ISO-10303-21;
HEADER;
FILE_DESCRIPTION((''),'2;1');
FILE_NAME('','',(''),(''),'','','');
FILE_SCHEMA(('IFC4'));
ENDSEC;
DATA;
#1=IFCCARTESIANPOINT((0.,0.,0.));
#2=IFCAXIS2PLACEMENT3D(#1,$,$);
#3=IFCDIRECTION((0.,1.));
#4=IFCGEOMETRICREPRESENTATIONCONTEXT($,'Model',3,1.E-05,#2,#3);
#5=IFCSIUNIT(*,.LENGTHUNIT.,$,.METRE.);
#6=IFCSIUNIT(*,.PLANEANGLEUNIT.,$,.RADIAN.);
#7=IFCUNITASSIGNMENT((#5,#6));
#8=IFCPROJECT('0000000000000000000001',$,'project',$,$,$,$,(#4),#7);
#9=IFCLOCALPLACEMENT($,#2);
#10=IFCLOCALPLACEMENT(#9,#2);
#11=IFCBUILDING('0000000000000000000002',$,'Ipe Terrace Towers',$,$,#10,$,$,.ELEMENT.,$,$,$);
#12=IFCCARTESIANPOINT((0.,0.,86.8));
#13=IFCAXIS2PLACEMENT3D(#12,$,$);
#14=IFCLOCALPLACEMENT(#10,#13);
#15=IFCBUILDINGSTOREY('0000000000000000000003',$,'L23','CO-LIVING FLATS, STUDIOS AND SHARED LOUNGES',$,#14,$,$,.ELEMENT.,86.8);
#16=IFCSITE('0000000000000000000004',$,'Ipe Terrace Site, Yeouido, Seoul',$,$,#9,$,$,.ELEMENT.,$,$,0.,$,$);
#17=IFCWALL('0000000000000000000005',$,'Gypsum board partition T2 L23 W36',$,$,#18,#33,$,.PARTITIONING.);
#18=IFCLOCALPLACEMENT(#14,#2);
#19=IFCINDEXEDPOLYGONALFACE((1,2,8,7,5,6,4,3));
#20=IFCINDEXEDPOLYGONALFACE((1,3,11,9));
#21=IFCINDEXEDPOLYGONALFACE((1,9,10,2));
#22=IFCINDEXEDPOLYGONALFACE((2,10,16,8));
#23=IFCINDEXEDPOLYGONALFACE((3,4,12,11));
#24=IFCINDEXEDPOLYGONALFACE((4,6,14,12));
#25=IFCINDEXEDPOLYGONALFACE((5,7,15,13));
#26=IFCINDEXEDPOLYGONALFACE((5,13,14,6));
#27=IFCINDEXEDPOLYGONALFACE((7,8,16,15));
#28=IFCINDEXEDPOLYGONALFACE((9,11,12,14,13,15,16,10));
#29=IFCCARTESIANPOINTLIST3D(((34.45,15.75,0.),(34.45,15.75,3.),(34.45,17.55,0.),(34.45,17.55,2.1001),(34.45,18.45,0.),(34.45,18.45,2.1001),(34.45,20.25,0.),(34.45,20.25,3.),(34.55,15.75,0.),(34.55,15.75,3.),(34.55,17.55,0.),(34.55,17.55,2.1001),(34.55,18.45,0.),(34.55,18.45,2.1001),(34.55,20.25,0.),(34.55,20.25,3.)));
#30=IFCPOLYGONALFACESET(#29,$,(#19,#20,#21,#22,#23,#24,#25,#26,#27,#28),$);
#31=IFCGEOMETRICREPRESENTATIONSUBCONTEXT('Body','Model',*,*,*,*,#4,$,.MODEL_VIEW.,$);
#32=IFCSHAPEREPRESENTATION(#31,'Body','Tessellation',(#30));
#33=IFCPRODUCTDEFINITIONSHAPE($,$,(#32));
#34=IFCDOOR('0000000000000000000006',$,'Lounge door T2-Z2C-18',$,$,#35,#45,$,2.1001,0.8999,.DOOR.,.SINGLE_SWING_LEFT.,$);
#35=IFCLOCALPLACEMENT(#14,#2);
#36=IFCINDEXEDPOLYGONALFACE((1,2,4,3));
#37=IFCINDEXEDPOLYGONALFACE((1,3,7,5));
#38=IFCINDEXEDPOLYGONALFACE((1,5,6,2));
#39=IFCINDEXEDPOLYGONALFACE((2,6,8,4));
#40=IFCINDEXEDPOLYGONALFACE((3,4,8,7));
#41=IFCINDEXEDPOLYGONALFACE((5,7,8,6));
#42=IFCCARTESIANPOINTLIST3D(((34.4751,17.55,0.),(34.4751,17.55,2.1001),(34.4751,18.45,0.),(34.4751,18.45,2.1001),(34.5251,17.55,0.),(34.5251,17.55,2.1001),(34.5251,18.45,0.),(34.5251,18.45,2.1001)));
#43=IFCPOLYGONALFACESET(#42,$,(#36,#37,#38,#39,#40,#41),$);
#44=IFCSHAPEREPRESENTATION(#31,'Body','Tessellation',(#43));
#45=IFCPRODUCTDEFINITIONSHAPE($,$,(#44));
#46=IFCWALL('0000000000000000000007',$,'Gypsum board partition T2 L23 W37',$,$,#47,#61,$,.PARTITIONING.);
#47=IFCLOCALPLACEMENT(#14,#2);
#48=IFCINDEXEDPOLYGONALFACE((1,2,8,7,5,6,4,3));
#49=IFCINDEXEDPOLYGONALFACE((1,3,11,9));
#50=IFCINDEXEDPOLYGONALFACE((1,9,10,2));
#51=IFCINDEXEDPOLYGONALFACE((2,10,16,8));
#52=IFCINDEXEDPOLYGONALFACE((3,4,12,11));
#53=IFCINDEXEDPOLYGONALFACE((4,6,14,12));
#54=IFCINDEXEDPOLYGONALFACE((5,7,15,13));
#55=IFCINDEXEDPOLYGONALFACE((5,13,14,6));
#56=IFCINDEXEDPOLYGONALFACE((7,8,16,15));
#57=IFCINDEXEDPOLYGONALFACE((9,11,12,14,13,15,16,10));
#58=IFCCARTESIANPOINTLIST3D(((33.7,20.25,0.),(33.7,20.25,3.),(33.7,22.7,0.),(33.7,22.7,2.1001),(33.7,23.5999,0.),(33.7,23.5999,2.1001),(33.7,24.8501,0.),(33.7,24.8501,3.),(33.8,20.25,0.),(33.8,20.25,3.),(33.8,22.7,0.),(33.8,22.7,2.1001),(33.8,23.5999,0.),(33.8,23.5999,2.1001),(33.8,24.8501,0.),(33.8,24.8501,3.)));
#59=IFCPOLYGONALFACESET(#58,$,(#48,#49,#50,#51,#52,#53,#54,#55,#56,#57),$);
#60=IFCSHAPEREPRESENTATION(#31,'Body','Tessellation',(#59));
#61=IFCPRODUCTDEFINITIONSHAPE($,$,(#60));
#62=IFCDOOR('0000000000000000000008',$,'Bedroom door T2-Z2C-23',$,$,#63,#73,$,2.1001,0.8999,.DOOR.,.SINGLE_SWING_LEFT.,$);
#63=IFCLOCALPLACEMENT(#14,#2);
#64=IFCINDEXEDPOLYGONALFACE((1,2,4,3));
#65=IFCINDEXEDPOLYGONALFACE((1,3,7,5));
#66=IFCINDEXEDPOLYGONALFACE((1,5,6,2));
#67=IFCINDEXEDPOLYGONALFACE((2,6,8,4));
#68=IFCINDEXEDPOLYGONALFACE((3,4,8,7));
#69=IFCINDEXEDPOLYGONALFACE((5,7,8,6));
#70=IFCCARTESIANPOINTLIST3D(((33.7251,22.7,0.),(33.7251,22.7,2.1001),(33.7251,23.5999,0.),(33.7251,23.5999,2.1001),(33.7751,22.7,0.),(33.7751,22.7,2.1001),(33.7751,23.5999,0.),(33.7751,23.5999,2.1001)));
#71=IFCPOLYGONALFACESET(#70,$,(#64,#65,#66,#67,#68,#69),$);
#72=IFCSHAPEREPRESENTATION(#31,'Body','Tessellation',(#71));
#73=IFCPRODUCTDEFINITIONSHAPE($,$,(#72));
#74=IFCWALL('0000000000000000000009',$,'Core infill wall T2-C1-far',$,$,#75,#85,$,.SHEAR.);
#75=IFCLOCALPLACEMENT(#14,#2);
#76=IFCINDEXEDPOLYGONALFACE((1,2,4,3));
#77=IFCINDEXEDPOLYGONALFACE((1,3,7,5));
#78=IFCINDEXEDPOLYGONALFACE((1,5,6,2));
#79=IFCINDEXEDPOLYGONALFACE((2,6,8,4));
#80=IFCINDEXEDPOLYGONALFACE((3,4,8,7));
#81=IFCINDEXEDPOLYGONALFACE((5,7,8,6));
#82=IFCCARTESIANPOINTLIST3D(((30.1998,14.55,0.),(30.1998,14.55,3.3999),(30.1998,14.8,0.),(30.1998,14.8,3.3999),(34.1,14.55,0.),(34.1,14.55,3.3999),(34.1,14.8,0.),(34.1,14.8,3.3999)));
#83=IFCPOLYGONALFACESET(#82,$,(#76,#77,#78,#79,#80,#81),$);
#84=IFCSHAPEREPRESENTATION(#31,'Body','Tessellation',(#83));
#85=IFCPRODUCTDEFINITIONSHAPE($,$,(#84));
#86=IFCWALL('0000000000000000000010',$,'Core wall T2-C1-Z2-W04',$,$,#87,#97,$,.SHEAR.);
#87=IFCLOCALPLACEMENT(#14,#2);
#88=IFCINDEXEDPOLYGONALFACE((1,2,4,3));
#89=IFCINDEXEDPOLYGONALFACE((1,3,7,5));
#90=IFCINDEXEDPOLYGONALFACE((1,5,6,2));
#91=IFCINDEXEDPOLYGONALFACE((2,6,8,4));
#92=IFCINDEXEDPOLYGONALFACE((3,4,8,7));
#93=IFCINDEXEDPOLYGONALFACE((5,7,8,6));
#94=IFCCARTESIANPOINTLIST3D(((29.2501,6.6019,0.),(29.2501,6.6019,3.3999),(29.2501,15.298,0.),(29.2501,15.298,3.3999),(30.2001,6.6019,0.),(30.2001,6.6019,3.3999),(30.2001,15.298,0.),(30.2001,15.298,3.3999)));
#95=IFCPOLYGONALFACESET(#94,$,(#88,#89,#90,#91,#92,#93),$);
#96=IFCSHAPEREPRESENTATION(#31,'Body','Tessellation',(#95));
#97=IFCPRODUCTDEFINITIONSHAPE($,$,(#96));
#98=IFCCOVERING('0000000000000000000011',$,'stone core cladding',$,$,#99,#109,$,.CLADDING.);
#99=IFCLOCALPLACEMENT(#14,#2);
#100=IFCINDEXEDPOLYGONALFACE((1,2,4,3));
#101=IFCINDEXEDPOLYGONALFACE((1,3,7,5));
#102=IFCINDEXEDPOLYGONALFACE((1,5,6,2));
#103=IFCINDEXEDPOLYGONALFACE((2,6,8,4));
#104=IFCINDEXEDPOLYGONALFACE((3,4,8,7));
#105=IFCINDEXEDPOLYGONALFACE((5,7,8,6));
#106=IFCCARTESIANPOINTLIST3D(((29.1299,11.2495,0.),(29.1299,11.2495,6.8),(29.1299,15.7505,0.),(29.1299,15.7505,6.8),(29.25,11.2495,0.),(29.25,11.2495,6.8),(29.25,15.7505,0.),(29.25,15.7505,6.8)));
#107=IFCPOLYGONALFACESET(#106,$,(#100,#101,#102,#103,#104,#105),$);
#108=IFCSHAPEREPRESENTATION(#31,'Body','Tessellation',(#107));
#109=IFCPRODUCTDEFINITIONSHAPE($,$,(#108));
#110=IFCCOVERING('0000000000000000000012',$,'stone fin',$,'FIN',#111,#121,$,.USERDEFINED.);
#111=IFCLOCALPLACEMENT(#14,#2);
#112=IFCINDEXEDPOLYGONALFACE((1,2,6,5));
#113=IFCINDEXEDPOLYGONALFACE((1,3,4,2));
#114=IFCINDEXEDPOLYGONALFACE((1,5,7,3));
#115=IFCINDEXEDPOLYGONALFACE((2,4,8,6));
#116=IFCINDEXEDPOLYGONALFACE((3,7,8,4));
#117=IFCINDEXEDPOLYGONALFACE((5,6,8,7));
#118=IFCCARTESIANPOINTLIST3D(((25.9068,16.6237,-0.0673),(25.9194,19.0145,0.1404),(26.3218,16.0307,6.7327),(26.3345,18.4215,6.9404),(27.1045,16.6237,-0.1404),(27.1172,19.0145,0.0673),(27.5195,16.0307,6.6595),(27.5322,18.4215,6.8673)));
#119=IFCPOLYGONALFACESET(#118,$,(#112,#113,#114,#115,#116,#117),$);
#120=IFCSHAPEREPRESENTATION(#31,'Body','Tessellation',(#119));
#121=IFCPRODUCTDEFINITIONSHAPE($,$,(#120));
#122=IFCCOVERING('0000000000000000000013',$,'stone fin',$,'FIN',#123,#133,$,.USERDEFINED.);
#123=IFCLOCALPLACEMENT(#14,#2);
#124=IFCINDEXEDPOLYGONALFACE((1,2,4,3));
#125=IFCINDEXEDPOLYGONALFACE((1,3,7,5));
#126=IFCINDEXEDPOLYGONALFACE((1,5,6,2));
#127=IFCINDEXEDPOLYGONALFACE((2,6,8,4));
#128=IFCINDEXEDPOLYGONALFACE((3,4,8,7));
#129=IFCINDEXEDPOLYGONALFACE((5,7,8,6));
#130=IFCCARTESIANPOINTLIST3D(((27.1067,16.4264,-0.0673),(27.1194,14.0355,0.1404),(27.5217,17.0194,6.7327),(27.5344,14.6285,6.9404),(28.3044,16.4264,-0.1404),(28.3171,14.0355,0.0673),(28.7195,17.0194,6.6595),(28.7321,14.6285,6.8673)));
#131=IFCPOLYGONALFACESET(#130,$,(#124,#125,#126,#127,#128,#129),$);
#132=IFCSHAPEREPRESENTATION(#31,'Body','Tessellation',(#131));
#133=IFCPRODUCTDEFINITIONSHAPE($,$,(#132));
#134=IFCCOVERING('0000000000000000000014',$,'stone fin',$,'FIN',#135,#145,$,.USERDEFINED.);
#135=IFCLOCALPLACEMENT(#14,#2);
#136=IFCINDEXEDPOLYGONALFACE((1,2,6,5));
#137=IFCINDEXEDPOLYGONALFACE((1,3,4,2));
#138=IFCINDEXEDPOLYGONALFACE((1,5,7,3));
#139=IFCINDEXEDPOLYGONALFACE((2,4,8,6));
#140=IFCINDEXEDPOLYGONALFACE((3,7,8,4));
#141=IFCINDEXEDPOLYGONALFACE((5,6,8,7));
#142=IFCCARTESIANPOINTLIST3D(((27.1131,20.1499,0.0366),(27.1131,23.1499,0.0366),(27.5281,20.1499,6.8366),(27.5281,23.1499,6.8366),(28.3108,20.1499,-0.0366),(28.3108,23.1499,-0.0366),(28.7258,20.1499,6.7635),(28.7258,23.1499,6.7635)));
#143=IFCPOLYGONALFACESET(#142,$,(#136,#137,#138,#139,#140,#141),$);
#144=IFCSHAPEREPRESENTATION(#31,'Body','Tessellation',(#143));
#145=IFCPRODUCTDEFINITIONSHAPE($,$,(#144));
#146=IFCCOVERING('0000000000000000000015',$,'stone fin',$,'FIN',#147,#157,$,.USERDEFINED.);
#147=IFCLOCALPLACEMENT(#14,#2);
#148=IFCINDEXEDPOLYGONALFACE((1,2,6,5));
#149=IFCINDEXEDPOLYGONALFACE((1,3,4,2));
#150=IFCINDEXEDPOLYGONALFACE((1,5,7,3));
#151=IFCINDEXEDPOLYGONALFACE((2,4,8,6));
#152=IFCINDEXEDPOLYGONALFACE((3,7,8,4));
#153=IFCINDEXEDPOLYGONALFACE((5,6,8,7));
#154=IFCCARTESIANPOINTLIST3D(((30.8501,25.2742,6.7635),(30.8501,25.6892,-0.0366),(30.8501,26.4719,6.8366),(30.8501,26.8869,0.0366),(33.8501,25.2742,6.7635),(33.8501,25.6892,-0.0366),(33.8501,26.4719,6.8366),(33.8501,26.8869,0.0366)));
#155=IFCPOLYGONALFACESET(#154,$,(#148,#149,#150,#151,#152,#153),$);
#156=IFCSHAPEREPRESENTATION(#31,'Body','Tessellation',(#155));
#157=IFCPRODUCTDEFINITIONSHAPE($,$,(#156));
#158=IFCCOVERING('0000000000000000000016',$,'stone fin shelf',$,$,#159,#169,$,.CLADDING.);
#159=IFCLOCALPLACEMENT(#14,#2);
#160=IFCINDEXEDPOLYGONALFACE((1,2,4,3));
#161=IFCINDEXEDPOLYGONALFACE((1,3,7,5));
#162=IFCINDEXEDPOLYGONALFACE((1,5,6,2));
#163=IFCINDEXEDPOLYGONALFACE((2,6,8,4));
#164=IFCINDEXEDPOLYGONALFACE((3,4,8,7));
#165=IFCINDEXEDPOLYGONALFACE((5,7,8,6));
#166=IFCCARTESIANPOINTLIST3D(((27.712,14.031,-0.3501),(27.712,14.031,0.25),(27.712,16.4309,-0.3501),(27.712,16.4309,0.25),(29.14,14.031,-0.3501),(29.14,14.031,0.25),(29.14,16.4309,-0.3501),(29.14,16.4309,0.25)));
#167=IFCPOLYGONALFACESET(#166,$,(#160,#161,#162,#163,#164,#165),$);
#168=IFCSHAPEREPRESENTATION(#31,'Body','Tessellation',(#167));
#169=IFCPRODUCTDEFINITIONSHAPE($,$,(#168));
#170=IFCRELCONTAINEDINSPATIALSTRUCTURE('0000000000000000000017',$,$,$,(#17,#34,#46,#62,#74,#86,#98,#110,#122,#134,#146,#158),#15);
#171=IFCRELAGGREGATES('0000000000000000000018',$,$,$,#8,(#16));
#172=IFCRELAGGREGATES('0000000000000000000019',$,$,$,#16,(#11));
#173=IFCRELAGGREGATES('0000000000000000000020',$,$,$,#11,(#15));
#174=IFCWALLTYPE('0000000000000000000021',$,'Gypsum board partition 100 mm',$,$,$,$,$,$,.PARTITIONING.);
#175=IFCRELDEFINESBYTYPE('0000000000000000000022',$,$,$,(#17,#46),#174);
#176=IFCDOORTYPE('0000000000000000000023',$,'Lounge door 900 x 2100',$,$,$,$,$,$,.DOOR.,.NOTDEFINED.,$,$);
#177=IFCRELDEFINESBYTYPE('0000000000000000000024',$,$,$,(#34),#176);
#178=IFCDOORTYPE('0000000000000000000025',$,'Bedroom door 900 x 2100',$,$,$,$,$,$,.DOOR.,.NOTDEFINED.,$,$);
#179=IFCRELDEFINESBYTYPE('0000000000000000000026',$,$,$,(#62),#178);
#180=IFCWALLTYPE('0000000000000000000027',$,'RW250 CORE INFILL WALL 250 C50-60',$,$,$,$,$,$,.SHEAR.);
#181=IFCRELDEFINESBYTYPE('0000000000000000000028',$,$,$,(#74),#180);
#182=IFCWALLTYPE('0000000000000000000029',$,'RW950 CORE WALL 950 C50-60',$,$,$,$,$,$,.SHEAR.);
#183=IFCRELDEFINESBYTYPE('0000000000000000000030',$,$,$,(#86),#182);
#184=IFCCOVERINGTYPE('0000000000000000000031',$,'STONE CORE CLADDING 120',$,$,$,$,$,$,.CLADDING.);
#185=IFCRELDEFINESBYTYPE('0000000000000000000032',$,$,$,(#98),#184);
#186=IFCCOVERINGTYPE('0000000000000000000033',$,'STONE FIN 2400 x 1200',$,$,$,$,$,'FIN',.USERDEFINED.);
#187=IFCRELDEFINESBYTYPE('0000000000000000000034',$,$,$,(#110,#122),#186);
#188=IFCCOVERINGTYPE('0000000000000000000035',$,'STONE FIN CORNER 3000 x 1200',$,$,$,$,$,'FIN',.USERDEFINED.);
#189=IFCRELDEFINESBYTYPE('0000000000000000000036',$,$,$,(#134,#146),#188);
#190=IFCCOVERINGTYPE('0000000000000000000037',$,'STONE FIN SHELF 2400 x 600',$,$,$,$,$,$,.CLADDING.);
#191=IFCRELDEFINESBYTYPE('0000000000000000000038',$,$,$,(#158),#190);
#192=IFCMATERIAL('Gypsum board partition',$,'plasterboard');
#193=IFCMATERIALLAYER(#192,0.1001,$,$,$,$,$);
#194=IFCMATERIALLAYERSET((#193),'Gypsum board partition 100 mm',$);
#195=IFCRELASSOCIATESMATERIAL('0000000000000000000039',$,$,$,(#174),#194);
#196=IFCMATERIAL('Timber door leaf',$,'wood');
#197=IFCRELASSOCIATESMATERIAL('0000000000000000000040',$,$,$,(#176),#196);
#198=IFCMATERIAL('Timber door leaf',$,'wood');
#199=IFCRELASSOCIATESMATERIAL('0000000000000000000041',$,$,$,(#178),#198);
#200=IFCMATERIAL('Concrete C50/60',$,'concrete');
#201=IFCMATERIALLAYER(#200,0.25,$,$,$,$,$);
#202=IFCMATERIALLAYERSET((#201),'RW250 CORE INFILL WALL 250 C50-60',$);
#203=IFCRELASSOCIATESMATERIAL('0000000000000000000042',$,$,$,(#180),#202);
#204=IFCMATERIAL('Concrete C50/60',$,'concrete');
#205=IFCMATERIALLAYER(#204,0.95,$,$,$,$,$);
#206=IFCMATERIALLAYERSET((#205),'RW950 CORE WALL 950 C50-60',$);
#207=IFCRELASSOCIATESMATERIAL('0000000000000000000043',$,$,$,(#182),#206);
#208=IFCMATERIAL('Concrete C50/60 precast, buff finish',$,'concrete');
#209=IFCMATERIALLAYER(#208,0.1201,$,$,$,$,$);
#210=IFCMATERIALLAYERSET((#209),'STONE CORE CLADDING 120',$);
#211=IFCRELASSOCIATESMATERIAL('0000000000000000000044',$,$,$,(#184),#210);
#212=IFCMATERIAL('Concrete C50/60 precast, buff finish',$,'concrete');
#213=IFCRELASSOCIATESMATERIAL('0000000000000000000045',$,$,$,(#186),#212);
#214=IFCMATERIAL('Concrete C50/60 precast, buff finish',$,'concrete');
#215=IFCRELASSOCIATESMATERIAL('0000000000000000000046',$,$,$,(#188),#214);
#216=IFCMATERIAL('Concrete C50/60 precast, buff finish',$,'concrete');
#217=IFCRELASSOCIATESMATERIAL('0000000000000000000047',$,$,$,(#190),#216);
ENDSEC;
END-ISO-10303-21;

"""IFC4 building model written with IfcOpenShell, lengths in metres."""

from ifc_helpers import new_model, si_unit, direction, frame, frame_2d, origin, origin_2d, place, context, subcontext, project, spatial, rectangle, extrude, material, layer, layer_set, material_profile, profile_set, type_object, element, fill, save


model = new_model("IFC4")

# Units and contexts
model_context = context("Model", 3, precision=1e-05, world=origin(), true_north=direction((0.0, 1.0)))
body_context = subcontext(model_context, "Body", "Model", "MODEL_VIEW")
ifc_project = project(units=[si_unit("LENGTHUNIT", "METRE"), si_unit("PLANEANGLEUNIT", "RADIAN")], contexts=[model_context])

# Site, building, storey
site_placement = place(None, origin())
site = spatial("IfcSite", under=ifc_project, at=site_placement, Name="Ipe Terrace Site, Yeouido, Seoul", CompositionType="ELEMENT", RefElevation=0.0)
building_placement = place(site_placement, origin())
building = spatial("IfcBuilding", under=site, at=building_placement, Name="Ipe Terrace Towers", CompositionType="ELEMENT")
storey_placement = place(building_placement, frame((0.0, 0.0, 86.8)))
storey = spatial("IfcBuildingStorey", under=building, at=storey_placement, Name="L23", Description="CO-LIVING FLATS, STUDIOS AND SHARED LOUNGES", CompositionType="ELEMENT", Elevation=86.8)

# Shared definitions
ifc_material_1 = material(Name="Gypsum board partition", Category="plasterboard")
ifc_layer_1 = layer(ifc_material_1, 0.1001)
ifc_layer_set_1 = layer_set([ifc_layer_1], Name="Gypsum board partition 100 mm")
wall_type_1 = type_object("IfcWallType", Name="Gypsum board partition 100 mm", PredefinedType="PARTITIONING", material=ifc_layer_set_1)

# Walls, openings, doors
wall_1_placement = place(storey_placement, frame((34.5, 15.75, 0.0), z_axis=(0.0, 0.0, 1.0), x_axis=(0.0, 1.0, 0.0)))
wall_1 = element("IfcWall", 1, at=wall_1_placement, inside=storey, type_object=wall_type_1, Name="Gypsum board partition T2 L23 W36", PredefinedType="PARTITIONING", context=body_context, shape_type="SweptSolid", body=[
    extrude(rectangle(XDim=4.5, YDim=0.1001, at=frame_2d((2.25, 0.0))), origin(), (0.0, 0.0, 1.0), 3.0),
])
opening_1_placement = place(wall_1_placement, frame((1.8, 0.0, 0.0)))
opening_1 = element("IfcOpeningElement", 2, at=opening_1_placement, cuts=wall_1, PredefinedType="OPENING", context=body_context, shape_type="SweptSolid", body=[
    extrude(rectangle(XDim=0.8999, YDim=2.1001, at=frame_2d((0.45, 1.05))), frame((0.0, 0.0601, 0.0), z_axis=(0.0, -1.0, 0.0), x_axis=(1.0, 0.0, 0.0)), (0.0, 0.0, 1.0), 0.1201),
])
ifc_material_2 = material(Name="Timber door leaf", Category="wood")
door_type_1 = type_object("IfcDoorType", Name="Lounge door 900 x 2100", OperationType="NOTDEFINED", PredefinedType="DOOR", material=ifc_material_2)
door_1_placement = place(opening_1_placement, origin())
door_1 = element("IfcDoor", 3, at=door_1_placement, inside=storey, type_object=door_type_1, Name="Lounge door T2-Z2C-18", OperationType="SINGLE_SWING_LEFT", OverallHeight=2.1001, OverallWidth=0.8999, PredefinedType="DOOR", context=body_context, shape_type="SweptSolid", body=[
    extrude(rectangle(XDim=0.8999, YDim=2.1001, at=frame_2d((0.45, 1.05))), frame((0.0, 0.0249, 0.0), z_axis=(0.0, -1.0, 0.0), x_axis=(1.0, 0.0, 0.0)), (0.0, 0.0, 1.0), 0.05),
])
fill(opening_1, door_1)
wall_2_placement = place(storey_placement, frame((33.75, 20.25, 0.0), z_axis=(0.0, 0.0, 1.0), x_axis=(0.0, 1.0, 0.0)))
wall_2 = element("IfcWall", 4, at=wall_2_placement, inside=storey, type_object=wall_type_1, Name="Gypsum board partition T2 L23 W37", PredefinedType="PARTITIONING", context=body_context, shape_type="SweptSolid", body=[
    extrude(rectangle(XDim=4.6001, YDim=0.1001, at=frame_2d((2.3, 0.0))), origin(), (0.0, 0.0, 1.0), 3.0),
])
opening_2_placement = place(wall_2_placement, frame((2.45, 0.0, 0.0)))
opening_2 = element("IfcOpeningElement", 5, at=opening_2_placement, cuts=wall_2, PredefinedType="OPENING", context=body_context, shape_type="SweptSolid", body=[
    extrude(rectangle(XDim=0.8999, YDim=2.1001, at=frame_2d((0.45, 1.05))), frame((0.0, 0.0601, 0.0), z_axis=(0.0, -1.0, 0.0), x_axis=(1.0, 0.0, 0.0)), (0.0, 0.0, 1.0), 0.1201),
])
ifc_material_3 = material(Name="Timber door leaf", Category="wood")
door_type_2 = type_object("IfcDoorType", Name="Bedroom door 900 x 2100", OperationType="NOTDEFINED", PredefinedType="DOOR", material=ifc_material_3)
door_2_placement = place(opening_2_placement, origin())
door_2 = element("IfcDoor", 6, at=door_2_placement, inside=storey, type_object=door_type_2, Name="Bedroom door T2-Z2C-23", OperationType="SINGLE_SWING_LEFT", OverallHeight=2.1001, OverallWidth=0.8999, PredefinedType="DOOR", context=body_context, shape_type="SweptSolid", body=[
    extrude(rectangle(XDim=0.8999, YDim=2.1001, at=frame_2d((0.45, 1.05))), frame((0.0, 0.0249, 0.0), z_axis=(0.0, -1.0, 0.0), x_axis=(1.0, 0.0, 0.0)), (0.0, 0.0, 1.0), 0.05),
])
fill(opening_2, door_2)

# Walls
ifc_material_4 = material(Name="Concrete C50/60", Category="concrete")
ifc_layer_2 = layer(ifc_material_4, 0.25)
ifc_layer_set_2 = layer_set([ifc_layer_2], Name="RW250 CORE INFILL WALL 250 C50-60")
wall_type_2 = type_object("IfcWallType", Name="RW250 CORE INFILL WALL 250 C50-60", PredefinedType="SHEAR", material=ifc_layer_set_2)
wall_3_placement = place(storey_placement, frame((34.1001, 14.675, 0.0), z_axis=(0.0, 0.0, 1.0), x_axis=(-1.0, 0.0, 0.0)))
element("IfcWall", 7, at=wall_3_placement, inside=storey, type_object=wall_type_2, Name="Core infill wall T2-C1-far", PredefinedType="SHEAR", context=body_context, shape_type="SweptSolid", body=[
    extrude(rectangle(XDim=3.9001, YDim=0.25, at=frame_2d((1.9502, 0.0))), origin(), (0.0, 0.0, 1.0), 3.3999),
])
ifc_material_5 = material(Name="Concrete C50/60", Category="concrete")
ifc_layer_3 = layer(ifc_material_5, 0.95)
ifc_layer_set_3 = layer_set([ifc_layer_3], Name="RW950 CORE WALL 950 C50-60")
wall_type_3 = type_object("IfcWallType", Name="RW950 CORE WALL 950 C50-60", PredefinedType="SHEAR", material=ifc_layer_set_3)
wall_4_placement = place(storey_placement, frame((29.7251, 15.2981, 0.0), z_axis=(0.0, 0.0, 1.0), x_axis=(0.0, -1.0, 0.0)))
element("IfcWall", 8, at=wall_4_placement, inside=storey, type_object=wall_type_3, Name="Core wall T2-C1-Z2-W04", PredefinedType="SHEAR", context=body_context, shape_type="SweptSolid", body=[
    extrude(rectangle(XDim=8.696, YDim=0.95, at=frame_2d((4.3481, 0.0))), origin(), (0.0, 0.0, 1.0), 3.3999),
])

# Coverings
ifc_material_6 = material(Name="Concrete C50/60 precast, buff finish", Category="concrete")
ifc_layer_4 = layer(ifc_material_6, 0.1201)
ifc_layer_set_4 = layer_set([ifc_layer_4], Name="STONE CORE CLADDING 120")
covering_type_1 = type_object("IfcCoveringType", Name="STONE CORE CLADDING 120", PredefinedType="CLADDING", material=ifc_layer_set_4)
covering_1_placement = place(storey_placement, frame((29.1899, 13.5, 0.0), z_axis=(0.0, 0.0, 1.0), x_axis=(0.0, -1.0, 0.0)))
element("IfcCovering", 9, at=covering_1_placement, inside=storey, type_object=covering_type_1, Name="stone core cladding", PredefinedType="CLADDING", context=body_context, shape_type="SweptSolid", body=[
    extrude(rectangle(XDim=4.501, YDim=0.1201, at=origin_2d()), origin(), (0.0, 0.0, 1.0), 6.8),
])
ifc_material_7 = material(Name="Concrete C50/60 precast, buff finish", Category="concrete")
ifc_material_profile_1 = material_profile(ifc_material_7, rectangle(XDim=2.3999, YDim=1.2, at=origin_2d()), Name="STONE FIN 2400 x 1200")
ifc_profile_set_1 = profile_set([ifc_material_profile_1], Name="Concrete C50/60 precast, buff finish")
covering_type_2 = type_object("IfcCoveringType", Name="STONE FIN 2400 x 1200", ElementType="FIN", PredefinedType="USERDEFINED", material=ifc_profile_set_1)
for number, where, z_axis, x_axis, name in (
    (10, (26.512, 17.8191, 0.0), (0.060692, -0.086718, 0.994382), (-0.005283, -0.996233, -0.086557), "stone fin"),
    (11, (27.7119, 15.231, 0.0), (0.060692, 0.086718, 0.994382), (0.005283, -0.996233, 0.086557), "stone fin"),
):
    element("IfcCovering", number, at=place(storey_placement, frame(where, z_axis=z_axis, x_axis=x_axis)), inside=storey, type_object=covering_type_2, Name=name, ObjectType="FIN", PredefinedType="USERDEFINED", context=body_context, shape_type="SweptSolid", body=[
        extrude(rectangle(XDim=2.3999, YDim=1.2, at=origin_2d()), origin(), (0.0, 0.0, 1.0), 6.8384),
    ])
ifc_material_8 = material(Name="Concrete C50/60 precast, buff finish", Category="concrete")
ifc_material_profile_2 = material_profile(ifc_material_8, rectangle(XDim=3.0, YDim=1.2, at=origin_2d()), Name="STONE FIN CORNER 3000 x 1200")
ifc_profile_set_2 = profile_set([ifc_material_profile_2], Name="Concrete C50/60 precast, buff finish")
covering_type_3 = type_object("IfcCoveringType", Name="STONE FIN CORNER 3000 x 1200", ElementType="FIN", PredefinedType="USERDEFINED", material=ifc_profile_set_2)
for number, where, z_axis, x_axis, name in (
    (12, (27.7119, 21.6499, 0.0), (0.060921, 0.0, 0.998143), (0.0, -1.0, 0.0), "stone fin"),
    (13, (32.3501, 26.2881, 0.0), (0.0, -0.060921, 0.998143), (-1.0, 0.0, 0.0), "stone fin"),
):
    element("IfcCovering", number, at=place(storey_placement, frame(where, z_axis=z_axis, x_axis=x_axis)), inside=storey, type_object=covering_type_3, Name=name, ObjectType="FIN", PredefinedType="USERDEFINED", context=body_context, shape_type="SweptSolid", body=[
        extrude(rectangle(XDim=3.0, YDim=1.2, at=origin_2d()), origin(), (0.0, 0.0, 1.0), 6.8127),
    ])
ifc_material_9 = material(Name="Concrete C50/60 precast, buff finish", Category="concrete")
covering_type_4 = type_object("IfcCoveringType", Name="STONE FIN SHELF 2400 x 600", PredefinedType="CLADDING", material=ifc_material_9)
covering_2_placement = place(storey_placement, frame((28.426, 15.231, -0.3501), z_axis=(0.0, 0.0, 1.0), x_axis=(0.0, -1.0, 0.0)))
element("IfcCovering", 14, at=covering_2_placement, inside=storey, type_object=covering_type_4, Name="stone fin shelf", PredefinedType="CLADDING", context=body_context, shape_type="SweptSolid", body=[
    extrude(rectangle(XDim=2.3999, YDim=1.428, at=origin_2d()), origin(), (0.0, 0.0, 1.0), 0.6001),
])

save(model, "model.ifc")
